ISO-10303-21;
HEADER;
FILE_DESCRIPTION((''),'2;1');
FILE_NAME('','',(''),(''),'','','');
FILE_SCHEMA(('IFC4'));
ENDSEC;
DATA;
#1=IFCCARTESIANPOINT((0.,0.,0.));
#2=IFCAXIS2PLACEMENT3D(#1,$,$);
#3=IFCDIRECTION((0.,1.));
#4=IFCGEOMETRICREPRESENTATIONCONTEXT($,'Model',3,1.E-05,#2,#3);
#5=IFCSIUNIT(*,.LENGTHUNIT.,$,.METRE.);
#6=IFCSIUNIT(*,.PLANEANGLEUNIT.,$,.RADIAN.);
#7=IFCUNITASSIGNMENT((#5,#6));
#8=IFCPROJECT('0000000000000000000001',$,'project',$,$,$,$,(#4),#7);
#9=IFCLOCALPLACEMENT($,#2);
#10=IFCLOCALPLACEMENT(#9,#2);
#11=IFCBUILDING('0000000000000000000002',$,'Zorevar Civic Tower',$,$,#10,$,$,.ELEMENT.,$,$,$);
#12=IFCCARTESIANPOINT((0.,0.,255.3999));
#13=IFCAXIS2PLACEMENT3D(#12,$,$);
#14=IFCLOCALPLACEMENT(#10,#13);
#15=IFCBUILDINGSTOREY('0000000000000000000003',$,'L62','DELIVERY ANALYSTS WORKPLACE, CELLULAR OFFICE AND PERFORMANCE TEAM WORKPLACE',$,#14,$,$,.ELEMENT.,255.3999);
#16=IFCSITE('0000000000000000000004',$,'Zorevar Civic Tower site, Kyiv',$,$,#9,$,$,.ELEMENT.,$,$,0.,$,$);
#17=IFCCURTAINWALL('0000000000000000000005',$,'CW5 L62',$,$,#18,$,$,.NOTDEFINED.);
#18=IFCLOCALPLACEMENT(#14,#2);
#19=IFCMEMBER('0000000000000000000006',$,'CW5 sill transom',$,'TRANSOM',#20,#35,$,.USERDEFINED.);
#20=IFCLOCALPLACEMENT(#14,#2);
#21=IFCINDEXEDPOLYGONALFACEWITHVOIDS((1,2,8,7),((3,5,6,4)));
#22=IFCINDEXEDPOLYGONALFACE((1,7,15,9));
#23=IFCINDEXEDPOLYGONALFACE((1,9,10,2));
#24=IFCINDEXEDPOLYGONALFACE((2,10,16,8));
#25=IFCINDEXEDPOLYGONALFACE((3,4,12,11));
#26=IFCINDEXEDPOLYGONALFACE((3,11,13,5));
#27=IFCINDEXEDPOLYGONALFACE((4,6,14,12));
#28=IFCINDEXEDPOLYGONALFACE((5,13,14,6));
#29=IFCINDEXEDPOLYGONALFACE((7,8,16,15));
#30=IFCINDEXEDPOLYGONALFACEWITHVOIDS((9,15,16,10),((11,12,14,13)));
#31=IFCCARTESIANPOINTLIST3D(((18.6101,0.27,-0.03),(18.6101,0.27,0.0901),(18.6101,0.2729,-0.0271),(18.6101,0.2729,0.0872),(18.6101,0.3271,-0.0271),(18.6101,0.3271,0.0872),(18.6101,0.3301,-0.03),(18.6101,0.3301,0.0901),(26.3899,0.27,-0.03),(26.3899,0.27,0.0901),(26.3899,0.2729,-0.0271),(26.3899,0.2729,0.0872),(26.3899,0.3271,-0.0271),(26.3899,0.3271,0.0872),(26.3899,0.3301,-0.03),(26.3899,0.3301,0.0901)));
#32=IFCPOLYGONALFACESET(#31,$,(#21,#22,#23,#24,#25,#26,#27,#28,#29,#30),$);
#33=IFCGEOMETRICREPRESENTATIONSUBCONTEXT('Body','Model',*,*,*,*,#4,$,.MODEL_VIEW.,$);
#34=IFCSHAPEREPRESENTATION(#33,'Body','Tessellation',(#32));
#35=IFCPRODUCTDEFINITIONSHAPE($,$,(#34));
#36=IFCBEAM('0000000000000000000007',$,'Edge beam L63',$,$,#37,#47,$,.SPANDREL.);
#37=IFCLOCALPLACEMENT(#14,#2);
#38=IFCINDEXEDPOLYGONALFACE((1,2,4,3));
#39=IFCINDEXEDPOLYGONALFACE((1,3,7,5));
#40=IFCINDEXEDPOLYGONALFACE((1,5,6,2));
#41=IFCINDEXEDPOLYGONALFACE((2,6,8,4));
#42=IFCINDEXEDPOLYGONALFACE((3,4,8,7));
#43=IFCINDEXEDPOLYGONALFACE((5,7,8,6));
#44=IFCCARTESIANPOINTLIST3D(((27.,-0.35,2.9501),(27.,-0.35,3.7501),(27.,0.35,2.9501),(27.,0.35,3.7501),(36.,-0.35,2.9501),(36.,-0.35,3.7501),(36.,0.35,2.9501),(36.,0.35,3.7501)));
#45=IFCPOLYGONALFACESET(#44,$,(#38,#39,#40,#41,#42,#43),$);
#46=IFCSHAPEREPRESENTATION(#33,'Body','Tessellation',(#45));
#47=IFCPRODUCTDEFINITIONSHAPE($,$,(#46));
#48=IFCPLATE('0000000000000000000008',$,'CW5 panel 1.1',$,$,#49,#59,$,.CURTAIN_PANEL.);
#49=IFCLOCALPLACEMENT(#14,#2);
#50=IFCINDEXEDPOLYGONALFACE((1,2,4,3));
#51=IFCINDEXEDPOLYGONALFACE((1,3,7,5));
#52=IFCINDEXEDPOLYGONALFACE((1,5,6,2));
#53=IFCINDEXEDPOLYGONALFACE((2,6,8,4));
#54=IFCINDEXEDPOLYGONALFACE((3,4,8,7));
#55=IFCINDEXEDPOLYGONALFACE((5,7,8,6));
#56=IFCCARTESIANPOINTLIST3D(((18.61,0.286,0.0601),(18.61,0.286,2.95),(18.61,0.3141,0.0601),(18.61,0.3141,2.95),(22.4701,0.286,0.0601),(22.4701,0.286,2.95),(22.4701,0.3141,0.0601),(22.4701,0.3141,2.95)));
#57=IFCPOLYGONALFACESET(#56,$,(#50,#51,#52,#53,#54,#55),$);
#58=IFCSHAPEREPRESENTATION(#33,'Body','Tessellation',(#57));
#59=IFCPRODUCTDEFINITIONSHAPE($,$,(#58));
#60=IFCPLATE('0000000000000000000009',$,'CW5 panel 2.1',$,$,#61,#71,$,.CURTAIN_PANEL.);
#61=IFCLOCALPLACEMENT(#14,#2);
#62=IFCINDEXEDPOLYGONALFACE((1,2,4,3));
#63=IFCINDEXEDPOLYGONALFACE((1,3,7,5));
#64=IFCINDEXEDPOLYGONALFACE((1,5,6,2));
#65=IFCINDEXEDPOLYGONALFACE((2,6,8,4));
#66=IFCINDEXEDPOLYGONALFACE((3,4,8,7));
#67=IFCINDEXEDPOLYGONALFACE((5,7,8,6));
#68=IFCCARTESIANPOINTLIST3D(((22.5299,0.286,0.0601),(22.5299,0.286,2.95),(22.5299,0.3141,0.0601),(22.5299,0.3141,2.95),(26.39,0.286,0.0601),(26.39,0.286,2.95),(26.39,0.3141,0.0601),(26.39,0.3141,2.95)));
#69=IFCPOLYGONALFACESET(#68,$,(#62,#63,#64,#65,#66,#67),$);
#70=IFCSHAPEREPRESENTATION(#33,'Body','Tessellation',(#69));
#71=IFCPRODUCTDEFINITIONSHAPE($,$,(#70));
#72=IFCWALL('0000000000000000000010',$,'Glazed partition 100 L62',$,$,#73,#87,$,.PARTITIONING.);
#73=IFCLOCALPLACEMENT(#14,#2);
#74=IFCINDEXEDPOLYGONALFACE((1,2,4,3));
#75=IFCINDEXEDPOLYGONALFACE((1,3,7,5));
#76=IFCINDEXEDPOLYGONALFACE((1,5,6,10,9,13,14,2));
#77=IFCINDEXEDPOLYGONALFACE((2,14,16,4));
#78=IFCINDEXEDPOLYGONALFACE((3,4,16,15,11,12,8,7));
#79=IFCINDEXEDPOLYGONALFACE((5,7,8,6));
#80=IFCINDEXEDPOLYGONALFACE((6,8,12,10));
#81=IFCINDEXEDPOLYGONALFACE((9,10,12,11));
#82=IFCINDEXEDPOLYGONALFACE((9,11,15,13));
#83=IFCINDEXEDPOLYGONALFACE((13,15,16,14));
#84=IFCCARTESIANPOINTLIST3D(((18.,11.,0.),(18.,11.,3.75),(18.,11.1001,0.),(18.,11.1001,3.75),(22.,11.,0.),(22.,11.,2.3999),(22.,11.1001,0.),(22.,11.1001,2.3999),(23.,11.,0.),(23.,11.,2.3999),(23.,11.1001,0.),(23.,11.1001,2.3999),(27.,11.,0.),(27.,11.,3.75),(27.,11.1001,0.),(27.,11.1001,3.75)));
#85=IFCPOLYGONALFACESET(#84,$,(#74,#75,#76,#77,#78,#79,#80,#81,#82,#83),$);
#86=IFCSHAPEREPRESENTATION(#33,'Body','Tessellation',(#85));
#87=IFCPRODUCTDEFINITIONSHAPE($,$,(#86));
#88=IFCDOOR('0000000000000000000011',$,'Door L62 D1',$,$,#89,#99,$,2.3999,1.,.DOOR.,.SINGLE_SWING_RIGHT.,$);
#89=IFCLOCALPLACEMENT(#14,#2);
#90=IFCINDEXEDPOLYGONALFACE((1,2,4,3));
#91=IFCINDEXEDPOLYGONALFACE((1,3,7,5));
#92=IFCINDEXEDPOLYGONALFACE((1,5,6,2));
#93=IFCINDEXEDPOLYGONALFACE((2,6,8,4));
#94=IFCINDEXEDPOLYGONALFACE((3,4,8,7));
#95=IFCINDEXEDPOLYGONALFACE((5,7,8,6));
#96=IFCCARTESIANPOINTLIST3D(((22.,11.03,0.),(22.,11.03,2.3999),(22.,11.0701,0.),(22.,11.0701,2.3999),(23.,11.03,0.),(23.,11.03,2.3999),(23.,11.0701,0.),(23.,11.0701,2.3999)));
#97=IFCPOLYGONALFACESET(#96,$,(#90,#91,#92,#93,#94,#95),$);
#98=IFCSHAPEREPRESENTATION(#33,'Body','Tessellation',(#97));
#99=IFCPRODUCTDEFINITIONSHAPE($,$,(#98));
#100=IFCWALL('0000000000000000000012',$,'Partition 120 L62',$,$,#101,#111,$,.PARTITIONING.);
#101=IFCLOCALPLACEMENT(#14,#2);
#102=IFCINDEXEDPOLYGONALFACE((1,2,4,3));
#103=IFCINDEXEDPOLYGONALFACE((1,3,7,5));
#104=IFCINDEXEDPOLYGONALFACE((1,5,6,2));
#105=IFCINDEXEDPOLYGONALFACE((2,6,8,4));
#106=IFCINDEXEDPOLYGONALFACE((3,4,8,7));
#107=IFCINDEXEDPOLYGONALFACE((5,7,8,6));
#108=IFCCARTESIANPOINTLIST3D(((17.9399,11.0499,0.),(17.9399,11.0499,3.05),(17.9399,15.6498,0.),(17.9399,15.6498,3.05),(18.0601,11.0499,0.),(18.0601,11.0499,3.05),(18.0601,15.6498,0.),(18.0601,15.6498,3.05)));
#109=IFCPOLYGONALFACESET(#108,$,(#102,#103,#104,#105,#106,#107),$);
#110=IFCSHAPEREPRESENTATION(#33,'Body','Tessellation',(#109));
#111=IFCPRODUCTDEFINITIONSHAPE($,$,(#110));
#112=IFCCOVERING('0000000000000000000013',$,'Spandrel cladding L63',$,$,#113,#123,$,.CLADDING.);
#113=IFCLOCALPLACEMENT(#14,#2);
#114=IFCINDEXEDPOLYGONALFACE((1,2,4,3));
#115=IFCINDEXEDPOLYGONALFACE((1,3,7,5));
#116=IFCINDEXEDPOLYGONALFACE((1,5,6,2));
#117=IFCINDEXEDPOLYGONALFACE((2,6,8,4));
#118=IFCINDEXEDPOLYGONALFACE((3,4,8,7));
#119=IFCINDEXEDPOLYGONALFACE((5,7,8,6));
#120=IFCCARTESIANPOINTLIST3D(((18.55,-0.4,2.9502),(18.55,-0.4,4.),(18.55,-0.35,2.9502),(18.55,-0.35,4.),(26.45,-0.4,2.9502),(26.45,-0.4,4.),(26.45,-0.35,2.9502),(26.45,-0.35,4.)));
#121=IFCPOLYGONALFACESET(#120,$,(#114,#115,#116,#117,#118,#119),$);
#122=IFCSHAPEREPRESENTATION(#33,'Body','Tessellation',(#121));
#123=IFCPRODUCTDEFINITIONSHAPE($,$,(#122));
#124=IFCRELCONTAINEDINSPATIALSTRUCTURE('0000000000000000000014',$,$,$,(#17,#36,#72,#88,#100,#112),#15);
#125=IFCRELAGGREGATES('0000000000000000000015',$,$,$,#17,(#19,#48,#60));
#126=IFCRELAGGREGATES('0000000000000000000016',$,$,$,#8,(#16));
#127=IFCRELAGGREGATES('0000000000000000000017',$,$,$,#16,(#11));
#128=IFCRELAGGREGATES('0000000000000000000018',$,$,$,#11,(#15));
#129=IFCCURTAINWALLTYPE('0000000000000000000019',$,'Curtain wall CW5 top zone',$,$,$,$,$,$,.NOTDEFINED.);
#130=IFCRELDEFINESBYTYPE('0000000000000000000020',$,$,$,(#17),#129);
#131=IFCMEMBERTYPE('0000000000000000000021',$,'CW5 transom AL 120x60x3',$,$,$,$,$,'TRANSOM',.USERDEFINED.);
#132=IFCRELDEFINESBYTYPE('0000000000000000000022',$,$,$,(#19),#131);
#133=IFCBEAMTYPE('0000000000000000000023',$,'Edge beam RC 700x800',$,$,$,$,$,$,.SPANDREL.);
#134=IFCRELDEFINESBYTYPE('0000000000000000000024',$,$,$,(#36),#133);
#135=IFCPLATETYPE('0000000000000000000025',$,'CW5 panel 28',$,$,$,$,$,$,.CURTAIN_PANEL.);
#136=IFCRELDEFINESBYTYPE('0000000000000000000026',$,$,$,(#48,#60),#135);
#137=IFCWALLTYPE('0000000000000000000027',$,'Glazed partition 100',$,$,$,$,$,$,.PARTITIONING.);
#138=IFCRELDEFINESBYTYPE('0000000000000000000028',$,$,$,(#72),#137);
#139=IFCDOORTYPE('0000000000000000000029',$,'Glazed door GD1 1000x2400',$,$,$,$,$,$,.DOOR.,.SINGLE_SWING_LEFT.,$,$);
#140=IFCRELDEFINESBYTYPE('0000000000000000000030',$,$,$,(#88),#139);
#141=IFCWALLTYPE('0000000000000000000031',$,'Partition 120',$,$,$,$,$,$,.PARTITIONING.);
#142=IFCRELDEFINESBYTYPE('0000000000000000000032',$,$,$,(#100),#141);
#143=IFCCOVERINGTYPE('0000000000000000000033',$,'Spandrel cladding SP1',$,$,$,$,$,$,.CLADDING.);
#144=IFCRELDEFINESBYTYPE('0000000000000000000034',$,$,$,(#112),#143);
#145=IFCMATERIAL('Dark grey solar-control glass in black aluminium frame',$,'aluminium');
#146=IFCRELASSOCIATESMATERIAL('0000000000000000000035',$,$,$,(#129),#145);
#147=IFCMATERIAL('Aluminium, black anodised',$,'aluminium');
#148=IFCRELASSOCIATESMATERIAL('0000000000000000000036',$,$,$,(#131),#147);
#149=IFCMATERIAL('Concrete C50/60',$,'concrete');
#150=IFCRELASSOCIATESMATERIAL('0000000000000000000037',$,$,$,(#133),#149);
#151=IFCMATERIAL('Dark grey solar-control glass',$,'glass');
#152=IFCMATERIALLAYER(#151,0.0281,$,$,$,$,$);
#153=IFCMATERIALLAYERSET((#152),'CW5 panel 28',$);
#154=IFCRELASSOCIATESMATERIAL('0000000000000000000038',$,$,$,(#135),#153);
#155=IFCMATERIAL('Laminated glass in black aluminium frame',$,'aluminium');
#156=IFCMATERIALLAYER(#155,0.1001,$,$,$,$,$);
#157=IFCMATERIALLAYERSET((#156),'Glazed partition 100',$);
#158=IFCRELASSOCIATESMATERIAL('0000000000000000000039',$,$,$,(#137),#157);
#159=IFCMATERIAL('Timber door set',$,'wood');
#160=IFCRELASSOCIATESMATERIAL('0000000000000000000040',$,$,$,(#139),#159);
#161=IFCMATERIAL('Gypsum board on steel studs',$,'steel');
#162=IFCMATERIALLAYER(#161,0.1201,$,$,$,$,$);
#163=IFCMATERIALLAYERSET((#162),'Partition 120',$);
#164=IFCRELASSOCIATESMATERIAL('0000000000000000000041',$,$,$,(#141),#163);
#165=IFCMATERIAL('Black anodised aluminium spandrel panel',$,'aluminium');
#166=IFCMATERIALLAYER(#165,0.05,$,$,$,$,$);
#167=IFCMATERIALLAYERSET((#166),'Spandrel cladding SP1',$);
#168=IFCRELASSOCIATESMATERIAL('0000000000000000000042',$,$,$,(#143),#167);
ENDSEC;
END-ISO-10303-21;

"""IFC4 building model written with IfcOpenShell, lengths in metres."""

from ifc_helpers import new_model, si_unit, direction, frame, frame_2d, origin, origin_2d, place, context, subcontext, project, spatial, rectangle, hollow_rectangle, extrude, material, layer, layer_set, material_profile, profile_set, type_object, element, fill, aggregate, save


model = new_model("IFC4")

# Units and contexts
model_context = context("Model", 3, precision=1e-05, world=origin(), true_north=direction((0.0, 1.0)))
body_context = subcontext(model_context, "Body", "Model", "MODEL_VIEW")
ifc_project = project(units=[si_unit("LENGTHUNIT", "METRE"), si_unit("PLANEANGLEUNIT", "RADIAN")], contexts=[model_context])

# Site, building, storey
site_placement = place(None, origin())
site = spatial("IfcSite", under=ifc_project, at=site_placement, Name="Zorevar Civic Tower site, Kyiv", CompositionType="ELEMENT", RefElevation=0.0)
building_placement = place(site_placement, origin())
building = spatial("IfcBuilding", under=site, at=building_placement, Name="Zorevar Civic Tower", CompositionType="ELEMENT")
storey_placement = place(building_placement, frame((0.0, 0.0, 255.3999)))
storey = spatial("IfcBuildingStorey", under=building, at=storey_placement, Name="L62", Description="DELIVERY ANALYSTS WORKPLACE, CELLULAR OFFICE AND PERFORMANCE TEAM WORKPLACE", CompositionType="ELEMENT", Elevation=255.3999)

# Curtain wall, member
ifc_material_1 = material(Name="Dark grey solar-control glass in black aluminium frame", Category="aluminium")
curtain_wall_type = type_object("IfcCurtainWallType", Name="Curtain wall CW5 top zone", PredefinedType="NOTDEFINED", material=ifc_material_1)
curtain_wall_placement = place(storey_placement, origin())
curtain_wall = element("IfcCurtainWall", 1, at=curtain_wall_placement, inside=storey, type_object=curtain_wall_type, Name="CW5 L62", PredefinedType="NOTDEFINED")
ifc_material_2 = material(Name="Aluminium, black anodised", Category="aluminium")
ifc_material_profile_1 = material_profile(ifc_material_2, hollow_rectangle(XDim=0.0601, YDim=0.1201, WallThickness=0.0029, at=origin_2d()), Name="AL 120x60x3")
ifc_profile_set_1 = profile_set([ifc_material_profile_1], Name="Aluminium, black anodised")
member_type_1 = type_object("IfcMemberType", Name="CW5 transom AL 120x60x3", ElementType="TRANSOM", PredefinedType="USERDEFINED", material=ifc_profile_set_1)
member_1_placement = place(storey_placement, frame((18.6101, 0.3, 0.03), z_axis=(1.0, 0.0, 0.0), x_axis=(0.0, 1.0, 0.0)))
member_1 = element("IfcMember", 2, at=member_1_placement, type_object=member_type_1, Name="CW5 sill transom", ObjectType="TRANSOM", PredefinedType="USERDEFINED", context=body_context, shape_type="SweptSolid", body=[
    extrude(hollow_rectangle(XDim=0.0601, YDim=0.1201, WallThickness=0.0029, at=origin_2d()), origin(), (0.0, 0.0, 1.0), 7.7798),
])

# Beam
ifc_material_3 = material(Name="Concrete C50/60", Category="concrete")
ifc_material_profile_2 = material_profile(ifc_material_3, rectangle(XDim=0.7, YDim=0.8, at=origin_2d()), Name="RC 700x800")
ifc_profile_set_2 = profile_set([ifc_material_profile_2], Name="Concrete C50/60")
beam_type_1 = type_object("IfcBeamType", Name="Edge beam RC 700x800", PredefinedType="SPANDREL", material=ifc_profile_set_2)
beam_1_placement = place(storey_placement, frame((27.0, 0.0, 3.3501), z_axis=(1.0, 0.0, 0.0), x_axis=(0.0, 1.0, 0.0)))
element("IfcBeam", 3, at=beam_1_placement, inside=storey, type_object=beam_type_1, Name="Edge beam L63", PredefinedType="SPANDREL", context=body_context, shape_type="SweptSolid", body=[
    extrude(rectangle(XDim=0.7, YDim=0.8, at=origin_2d()), origin(), (0.0, 0.0, 1.0), 9.0),
])

# Plates
ifc_material_4 = material(Name="Dark grey solar-control glass", Category="glass")
ifc_layer_1 = layer(ifc_material_4, 0.0281)
ifc_layer_set_1 = layer_set([ifc_layer_1], Name="CW5 panel 28")
plate_type = type_object("IfcPlateType", Name="CW5 panel 28", PredefinedType="CURTAIN_PANEL", material=ifc_layer_set_1)
plate_1_placement = place(storey_placement, frame((20.54, 0.3, 0.0601), z_axis=(0.0, 0.0, 1.0), x_axis=(1.0, 0.0, 0.0)))
plate_1 = element("IfcPlate", 4, at=plate_1_placement, type_object=plate_type, Name="CW5 panel 1.1", PredefinedType="CURTAIN_PANEL", context=body_context, shape_type="SweptSolid", body=[
    extrude(rectangle(XDim=3.8601, YDim=0.0281, at=origin_2d()), origin(), (0.0, 0.0, 1.0), 2.8899),
])
plate_2_placement = place(storey_placement, frame((24.46, 0.3, 0.0601), z_axis=(0.0, 0.0, 1.0), x_axis=(1.0, 0.0, 0.0)))
plate_2 = element("IfcPlate", 5, at=plate_2_placement, type_object=plate_type, Name="CW5 panel 2.1", PredefinedType="CURTAIN_PANEL", context=body_context, shape_type="SweptSolid", body=[
    extrude(rectangle(XDim=3.8601, YDim=0.0281, at=origin_2d()), origin(), (0.0, 0.0, 1.0), 2.8899),
])
aggregate(curtain_wall, [member_1, plate_1, plate_2])

# Wall, opening, door
ifc_material_5 = material(Name="Laminated glass in black aluminium frame", Category="aluminium")
ifc_layer_2 = layer(ifc_material_5, 0.1001)
ifc_layer_set_2 = layer_set([ifc_layer_2], Name="Glazed partition 100")
wall_type_1 = type_object("IfcWallType", Name="Glazed partition 100", PredefinedType="PARTITIONING", material=ifc_layer_set_2)
wall_1_placement = place(storey_placement, frame((18.0, 11.05, 0.0), z_axis=(0.0, 0.0, 1.0), x_axis=(1.0, 0.0, 0.0)))
wall_1 = element("IfcWall", 6, at=wall_1_placement, inside=storey, type_object=wall_type_1, Name="Glazed partition 100 L62", PredefinedType="PARTITIONING", context=body_context, shape_type="SweptSolid", body=[
    extrude(rectangle(XDim=9.0, YDim=0.1001, at=frame_2d((4.5, 0.0))), origin(), (0.0, 0.0, 1.0), 3.75),
])
opening_placement = place(wall_1_placement, frame((4.0, 0.0, 0.0)))
opening = element("IfcOpeningElement", 7, at=opening_placement, cuts=wall_1, PredefinedType="OPENING", context=body_context, shape_type="SweptSolid", body=[
    extrude(rectangle(XDim=1.0, YDim=2.3999, at=frame_2d((0.5, 1.2))), frame((0.0, 0.0601, 0.0), z_axis=(0.0, -1.0, 0.0), x_axis=(1.0, 0.0, 0.0)), (0.0, 0.0, 1.0), 0.1201),
])
ifc_material_6 = material(Name="Timber door set", Category="wood")
door_type = type_object("IfcDoorType", Name="Glazed door GD1 1000x2400", OperationType="SINGLE_SWING_LEFT", PredefinedType="DOOR", material=ifc_material_6)
door_placement = place(opening_placement, origin())
door = element("IfcDoor", 8, at=door_placement, inside=storey, type_object=door_type, Name="Door L62 D1", OperationType="SINGLE_SWING_RIGHT", OverallHeight=2.3999, OverallWidth=1.0, PredefinedType="DOOR", context=body_context, shape_type="SweptSolid", body=[
    extrude(rectangle(XDim=1.0, YDim=2.3999, at=frame_2d((0.5, 1.2))), frame((0.0, 0.02, 0.0), z_axis=(0.0, -1.0, 0.0), x_axis=(1.0, 0.0, 0.0)), (0.0, 0.0, 1.0), 0.04),
])
fill(opening, door)

# Wall
ifc_material_7 = material(Name="Gypsum board on steel studs", Category="steel")
ifc_layer_3 = layer(ifc_material_7, 0.1201)
ifc_layer_set_3 = layer_set([ifc_layer_3], Name="Partition 120")
wall_type_2 = type_object("IfcWallType", Name="Partition 120", PredefinedType="PARTITIONING", material=ifc_layer_set_3)
wall_2_placement = place(storey_placement, frame((18.0, 11.05, 0.0), z_axis=(0.0, 0.0, 1.0), x_axis=(0.0, 1.0, 0.0)))
element("IfcWall", 9, at=wall_2_placement, inside=storey, type_object=wall_type_2, Name="Partition 120 L62", PredefinedType="PARTITIONING", context=body_context, shape_type="SweptSolid", body=[
    extrude(rectangle(XDim=4.5999, YDim=0.1201, at=frame_2d((2.2998, 0.0))), origin(), (0.0, 0.0, 1.0), 3.05),
])

# Covering
ifc_material_8 = material(Name="Black anodised aluminium spandrel panel", Category="aluminium")
ifc_layer_4 = layer(ifc_material_8, 0.05)
ifc_layer_set_4 = layer_set([ifc_layer_4], Name="Spandrel cladding SP1")
covering_type = type_object("IfcCoveringType", Name="Spandrel cladding SP1", PredefinedType="CLADDING", material=ifc_layer_set_4)
covering_placement = place(storey_placement, frame((18.55, -0.375, 2.9502), z_axis=(0.0, 0.0, 1.0), x_axis=(1.0, 0.0, 0.0)))
element("IfcCovering", 10, at=covering_placement, inside=storey, type_object=covering_type, Name="Spandrel cladding L63", PredefinedType="CLADDING", context=body_context, shape_type="SweptSolid", body=[
    extrude(rectangle(XDim=7.8999, YDim=0.05, at=frame_2d((3.95, 0.0))), origin(), (0.0, 0.0, 1.0), 1.0498),
])

save(model, "model.ifc")
